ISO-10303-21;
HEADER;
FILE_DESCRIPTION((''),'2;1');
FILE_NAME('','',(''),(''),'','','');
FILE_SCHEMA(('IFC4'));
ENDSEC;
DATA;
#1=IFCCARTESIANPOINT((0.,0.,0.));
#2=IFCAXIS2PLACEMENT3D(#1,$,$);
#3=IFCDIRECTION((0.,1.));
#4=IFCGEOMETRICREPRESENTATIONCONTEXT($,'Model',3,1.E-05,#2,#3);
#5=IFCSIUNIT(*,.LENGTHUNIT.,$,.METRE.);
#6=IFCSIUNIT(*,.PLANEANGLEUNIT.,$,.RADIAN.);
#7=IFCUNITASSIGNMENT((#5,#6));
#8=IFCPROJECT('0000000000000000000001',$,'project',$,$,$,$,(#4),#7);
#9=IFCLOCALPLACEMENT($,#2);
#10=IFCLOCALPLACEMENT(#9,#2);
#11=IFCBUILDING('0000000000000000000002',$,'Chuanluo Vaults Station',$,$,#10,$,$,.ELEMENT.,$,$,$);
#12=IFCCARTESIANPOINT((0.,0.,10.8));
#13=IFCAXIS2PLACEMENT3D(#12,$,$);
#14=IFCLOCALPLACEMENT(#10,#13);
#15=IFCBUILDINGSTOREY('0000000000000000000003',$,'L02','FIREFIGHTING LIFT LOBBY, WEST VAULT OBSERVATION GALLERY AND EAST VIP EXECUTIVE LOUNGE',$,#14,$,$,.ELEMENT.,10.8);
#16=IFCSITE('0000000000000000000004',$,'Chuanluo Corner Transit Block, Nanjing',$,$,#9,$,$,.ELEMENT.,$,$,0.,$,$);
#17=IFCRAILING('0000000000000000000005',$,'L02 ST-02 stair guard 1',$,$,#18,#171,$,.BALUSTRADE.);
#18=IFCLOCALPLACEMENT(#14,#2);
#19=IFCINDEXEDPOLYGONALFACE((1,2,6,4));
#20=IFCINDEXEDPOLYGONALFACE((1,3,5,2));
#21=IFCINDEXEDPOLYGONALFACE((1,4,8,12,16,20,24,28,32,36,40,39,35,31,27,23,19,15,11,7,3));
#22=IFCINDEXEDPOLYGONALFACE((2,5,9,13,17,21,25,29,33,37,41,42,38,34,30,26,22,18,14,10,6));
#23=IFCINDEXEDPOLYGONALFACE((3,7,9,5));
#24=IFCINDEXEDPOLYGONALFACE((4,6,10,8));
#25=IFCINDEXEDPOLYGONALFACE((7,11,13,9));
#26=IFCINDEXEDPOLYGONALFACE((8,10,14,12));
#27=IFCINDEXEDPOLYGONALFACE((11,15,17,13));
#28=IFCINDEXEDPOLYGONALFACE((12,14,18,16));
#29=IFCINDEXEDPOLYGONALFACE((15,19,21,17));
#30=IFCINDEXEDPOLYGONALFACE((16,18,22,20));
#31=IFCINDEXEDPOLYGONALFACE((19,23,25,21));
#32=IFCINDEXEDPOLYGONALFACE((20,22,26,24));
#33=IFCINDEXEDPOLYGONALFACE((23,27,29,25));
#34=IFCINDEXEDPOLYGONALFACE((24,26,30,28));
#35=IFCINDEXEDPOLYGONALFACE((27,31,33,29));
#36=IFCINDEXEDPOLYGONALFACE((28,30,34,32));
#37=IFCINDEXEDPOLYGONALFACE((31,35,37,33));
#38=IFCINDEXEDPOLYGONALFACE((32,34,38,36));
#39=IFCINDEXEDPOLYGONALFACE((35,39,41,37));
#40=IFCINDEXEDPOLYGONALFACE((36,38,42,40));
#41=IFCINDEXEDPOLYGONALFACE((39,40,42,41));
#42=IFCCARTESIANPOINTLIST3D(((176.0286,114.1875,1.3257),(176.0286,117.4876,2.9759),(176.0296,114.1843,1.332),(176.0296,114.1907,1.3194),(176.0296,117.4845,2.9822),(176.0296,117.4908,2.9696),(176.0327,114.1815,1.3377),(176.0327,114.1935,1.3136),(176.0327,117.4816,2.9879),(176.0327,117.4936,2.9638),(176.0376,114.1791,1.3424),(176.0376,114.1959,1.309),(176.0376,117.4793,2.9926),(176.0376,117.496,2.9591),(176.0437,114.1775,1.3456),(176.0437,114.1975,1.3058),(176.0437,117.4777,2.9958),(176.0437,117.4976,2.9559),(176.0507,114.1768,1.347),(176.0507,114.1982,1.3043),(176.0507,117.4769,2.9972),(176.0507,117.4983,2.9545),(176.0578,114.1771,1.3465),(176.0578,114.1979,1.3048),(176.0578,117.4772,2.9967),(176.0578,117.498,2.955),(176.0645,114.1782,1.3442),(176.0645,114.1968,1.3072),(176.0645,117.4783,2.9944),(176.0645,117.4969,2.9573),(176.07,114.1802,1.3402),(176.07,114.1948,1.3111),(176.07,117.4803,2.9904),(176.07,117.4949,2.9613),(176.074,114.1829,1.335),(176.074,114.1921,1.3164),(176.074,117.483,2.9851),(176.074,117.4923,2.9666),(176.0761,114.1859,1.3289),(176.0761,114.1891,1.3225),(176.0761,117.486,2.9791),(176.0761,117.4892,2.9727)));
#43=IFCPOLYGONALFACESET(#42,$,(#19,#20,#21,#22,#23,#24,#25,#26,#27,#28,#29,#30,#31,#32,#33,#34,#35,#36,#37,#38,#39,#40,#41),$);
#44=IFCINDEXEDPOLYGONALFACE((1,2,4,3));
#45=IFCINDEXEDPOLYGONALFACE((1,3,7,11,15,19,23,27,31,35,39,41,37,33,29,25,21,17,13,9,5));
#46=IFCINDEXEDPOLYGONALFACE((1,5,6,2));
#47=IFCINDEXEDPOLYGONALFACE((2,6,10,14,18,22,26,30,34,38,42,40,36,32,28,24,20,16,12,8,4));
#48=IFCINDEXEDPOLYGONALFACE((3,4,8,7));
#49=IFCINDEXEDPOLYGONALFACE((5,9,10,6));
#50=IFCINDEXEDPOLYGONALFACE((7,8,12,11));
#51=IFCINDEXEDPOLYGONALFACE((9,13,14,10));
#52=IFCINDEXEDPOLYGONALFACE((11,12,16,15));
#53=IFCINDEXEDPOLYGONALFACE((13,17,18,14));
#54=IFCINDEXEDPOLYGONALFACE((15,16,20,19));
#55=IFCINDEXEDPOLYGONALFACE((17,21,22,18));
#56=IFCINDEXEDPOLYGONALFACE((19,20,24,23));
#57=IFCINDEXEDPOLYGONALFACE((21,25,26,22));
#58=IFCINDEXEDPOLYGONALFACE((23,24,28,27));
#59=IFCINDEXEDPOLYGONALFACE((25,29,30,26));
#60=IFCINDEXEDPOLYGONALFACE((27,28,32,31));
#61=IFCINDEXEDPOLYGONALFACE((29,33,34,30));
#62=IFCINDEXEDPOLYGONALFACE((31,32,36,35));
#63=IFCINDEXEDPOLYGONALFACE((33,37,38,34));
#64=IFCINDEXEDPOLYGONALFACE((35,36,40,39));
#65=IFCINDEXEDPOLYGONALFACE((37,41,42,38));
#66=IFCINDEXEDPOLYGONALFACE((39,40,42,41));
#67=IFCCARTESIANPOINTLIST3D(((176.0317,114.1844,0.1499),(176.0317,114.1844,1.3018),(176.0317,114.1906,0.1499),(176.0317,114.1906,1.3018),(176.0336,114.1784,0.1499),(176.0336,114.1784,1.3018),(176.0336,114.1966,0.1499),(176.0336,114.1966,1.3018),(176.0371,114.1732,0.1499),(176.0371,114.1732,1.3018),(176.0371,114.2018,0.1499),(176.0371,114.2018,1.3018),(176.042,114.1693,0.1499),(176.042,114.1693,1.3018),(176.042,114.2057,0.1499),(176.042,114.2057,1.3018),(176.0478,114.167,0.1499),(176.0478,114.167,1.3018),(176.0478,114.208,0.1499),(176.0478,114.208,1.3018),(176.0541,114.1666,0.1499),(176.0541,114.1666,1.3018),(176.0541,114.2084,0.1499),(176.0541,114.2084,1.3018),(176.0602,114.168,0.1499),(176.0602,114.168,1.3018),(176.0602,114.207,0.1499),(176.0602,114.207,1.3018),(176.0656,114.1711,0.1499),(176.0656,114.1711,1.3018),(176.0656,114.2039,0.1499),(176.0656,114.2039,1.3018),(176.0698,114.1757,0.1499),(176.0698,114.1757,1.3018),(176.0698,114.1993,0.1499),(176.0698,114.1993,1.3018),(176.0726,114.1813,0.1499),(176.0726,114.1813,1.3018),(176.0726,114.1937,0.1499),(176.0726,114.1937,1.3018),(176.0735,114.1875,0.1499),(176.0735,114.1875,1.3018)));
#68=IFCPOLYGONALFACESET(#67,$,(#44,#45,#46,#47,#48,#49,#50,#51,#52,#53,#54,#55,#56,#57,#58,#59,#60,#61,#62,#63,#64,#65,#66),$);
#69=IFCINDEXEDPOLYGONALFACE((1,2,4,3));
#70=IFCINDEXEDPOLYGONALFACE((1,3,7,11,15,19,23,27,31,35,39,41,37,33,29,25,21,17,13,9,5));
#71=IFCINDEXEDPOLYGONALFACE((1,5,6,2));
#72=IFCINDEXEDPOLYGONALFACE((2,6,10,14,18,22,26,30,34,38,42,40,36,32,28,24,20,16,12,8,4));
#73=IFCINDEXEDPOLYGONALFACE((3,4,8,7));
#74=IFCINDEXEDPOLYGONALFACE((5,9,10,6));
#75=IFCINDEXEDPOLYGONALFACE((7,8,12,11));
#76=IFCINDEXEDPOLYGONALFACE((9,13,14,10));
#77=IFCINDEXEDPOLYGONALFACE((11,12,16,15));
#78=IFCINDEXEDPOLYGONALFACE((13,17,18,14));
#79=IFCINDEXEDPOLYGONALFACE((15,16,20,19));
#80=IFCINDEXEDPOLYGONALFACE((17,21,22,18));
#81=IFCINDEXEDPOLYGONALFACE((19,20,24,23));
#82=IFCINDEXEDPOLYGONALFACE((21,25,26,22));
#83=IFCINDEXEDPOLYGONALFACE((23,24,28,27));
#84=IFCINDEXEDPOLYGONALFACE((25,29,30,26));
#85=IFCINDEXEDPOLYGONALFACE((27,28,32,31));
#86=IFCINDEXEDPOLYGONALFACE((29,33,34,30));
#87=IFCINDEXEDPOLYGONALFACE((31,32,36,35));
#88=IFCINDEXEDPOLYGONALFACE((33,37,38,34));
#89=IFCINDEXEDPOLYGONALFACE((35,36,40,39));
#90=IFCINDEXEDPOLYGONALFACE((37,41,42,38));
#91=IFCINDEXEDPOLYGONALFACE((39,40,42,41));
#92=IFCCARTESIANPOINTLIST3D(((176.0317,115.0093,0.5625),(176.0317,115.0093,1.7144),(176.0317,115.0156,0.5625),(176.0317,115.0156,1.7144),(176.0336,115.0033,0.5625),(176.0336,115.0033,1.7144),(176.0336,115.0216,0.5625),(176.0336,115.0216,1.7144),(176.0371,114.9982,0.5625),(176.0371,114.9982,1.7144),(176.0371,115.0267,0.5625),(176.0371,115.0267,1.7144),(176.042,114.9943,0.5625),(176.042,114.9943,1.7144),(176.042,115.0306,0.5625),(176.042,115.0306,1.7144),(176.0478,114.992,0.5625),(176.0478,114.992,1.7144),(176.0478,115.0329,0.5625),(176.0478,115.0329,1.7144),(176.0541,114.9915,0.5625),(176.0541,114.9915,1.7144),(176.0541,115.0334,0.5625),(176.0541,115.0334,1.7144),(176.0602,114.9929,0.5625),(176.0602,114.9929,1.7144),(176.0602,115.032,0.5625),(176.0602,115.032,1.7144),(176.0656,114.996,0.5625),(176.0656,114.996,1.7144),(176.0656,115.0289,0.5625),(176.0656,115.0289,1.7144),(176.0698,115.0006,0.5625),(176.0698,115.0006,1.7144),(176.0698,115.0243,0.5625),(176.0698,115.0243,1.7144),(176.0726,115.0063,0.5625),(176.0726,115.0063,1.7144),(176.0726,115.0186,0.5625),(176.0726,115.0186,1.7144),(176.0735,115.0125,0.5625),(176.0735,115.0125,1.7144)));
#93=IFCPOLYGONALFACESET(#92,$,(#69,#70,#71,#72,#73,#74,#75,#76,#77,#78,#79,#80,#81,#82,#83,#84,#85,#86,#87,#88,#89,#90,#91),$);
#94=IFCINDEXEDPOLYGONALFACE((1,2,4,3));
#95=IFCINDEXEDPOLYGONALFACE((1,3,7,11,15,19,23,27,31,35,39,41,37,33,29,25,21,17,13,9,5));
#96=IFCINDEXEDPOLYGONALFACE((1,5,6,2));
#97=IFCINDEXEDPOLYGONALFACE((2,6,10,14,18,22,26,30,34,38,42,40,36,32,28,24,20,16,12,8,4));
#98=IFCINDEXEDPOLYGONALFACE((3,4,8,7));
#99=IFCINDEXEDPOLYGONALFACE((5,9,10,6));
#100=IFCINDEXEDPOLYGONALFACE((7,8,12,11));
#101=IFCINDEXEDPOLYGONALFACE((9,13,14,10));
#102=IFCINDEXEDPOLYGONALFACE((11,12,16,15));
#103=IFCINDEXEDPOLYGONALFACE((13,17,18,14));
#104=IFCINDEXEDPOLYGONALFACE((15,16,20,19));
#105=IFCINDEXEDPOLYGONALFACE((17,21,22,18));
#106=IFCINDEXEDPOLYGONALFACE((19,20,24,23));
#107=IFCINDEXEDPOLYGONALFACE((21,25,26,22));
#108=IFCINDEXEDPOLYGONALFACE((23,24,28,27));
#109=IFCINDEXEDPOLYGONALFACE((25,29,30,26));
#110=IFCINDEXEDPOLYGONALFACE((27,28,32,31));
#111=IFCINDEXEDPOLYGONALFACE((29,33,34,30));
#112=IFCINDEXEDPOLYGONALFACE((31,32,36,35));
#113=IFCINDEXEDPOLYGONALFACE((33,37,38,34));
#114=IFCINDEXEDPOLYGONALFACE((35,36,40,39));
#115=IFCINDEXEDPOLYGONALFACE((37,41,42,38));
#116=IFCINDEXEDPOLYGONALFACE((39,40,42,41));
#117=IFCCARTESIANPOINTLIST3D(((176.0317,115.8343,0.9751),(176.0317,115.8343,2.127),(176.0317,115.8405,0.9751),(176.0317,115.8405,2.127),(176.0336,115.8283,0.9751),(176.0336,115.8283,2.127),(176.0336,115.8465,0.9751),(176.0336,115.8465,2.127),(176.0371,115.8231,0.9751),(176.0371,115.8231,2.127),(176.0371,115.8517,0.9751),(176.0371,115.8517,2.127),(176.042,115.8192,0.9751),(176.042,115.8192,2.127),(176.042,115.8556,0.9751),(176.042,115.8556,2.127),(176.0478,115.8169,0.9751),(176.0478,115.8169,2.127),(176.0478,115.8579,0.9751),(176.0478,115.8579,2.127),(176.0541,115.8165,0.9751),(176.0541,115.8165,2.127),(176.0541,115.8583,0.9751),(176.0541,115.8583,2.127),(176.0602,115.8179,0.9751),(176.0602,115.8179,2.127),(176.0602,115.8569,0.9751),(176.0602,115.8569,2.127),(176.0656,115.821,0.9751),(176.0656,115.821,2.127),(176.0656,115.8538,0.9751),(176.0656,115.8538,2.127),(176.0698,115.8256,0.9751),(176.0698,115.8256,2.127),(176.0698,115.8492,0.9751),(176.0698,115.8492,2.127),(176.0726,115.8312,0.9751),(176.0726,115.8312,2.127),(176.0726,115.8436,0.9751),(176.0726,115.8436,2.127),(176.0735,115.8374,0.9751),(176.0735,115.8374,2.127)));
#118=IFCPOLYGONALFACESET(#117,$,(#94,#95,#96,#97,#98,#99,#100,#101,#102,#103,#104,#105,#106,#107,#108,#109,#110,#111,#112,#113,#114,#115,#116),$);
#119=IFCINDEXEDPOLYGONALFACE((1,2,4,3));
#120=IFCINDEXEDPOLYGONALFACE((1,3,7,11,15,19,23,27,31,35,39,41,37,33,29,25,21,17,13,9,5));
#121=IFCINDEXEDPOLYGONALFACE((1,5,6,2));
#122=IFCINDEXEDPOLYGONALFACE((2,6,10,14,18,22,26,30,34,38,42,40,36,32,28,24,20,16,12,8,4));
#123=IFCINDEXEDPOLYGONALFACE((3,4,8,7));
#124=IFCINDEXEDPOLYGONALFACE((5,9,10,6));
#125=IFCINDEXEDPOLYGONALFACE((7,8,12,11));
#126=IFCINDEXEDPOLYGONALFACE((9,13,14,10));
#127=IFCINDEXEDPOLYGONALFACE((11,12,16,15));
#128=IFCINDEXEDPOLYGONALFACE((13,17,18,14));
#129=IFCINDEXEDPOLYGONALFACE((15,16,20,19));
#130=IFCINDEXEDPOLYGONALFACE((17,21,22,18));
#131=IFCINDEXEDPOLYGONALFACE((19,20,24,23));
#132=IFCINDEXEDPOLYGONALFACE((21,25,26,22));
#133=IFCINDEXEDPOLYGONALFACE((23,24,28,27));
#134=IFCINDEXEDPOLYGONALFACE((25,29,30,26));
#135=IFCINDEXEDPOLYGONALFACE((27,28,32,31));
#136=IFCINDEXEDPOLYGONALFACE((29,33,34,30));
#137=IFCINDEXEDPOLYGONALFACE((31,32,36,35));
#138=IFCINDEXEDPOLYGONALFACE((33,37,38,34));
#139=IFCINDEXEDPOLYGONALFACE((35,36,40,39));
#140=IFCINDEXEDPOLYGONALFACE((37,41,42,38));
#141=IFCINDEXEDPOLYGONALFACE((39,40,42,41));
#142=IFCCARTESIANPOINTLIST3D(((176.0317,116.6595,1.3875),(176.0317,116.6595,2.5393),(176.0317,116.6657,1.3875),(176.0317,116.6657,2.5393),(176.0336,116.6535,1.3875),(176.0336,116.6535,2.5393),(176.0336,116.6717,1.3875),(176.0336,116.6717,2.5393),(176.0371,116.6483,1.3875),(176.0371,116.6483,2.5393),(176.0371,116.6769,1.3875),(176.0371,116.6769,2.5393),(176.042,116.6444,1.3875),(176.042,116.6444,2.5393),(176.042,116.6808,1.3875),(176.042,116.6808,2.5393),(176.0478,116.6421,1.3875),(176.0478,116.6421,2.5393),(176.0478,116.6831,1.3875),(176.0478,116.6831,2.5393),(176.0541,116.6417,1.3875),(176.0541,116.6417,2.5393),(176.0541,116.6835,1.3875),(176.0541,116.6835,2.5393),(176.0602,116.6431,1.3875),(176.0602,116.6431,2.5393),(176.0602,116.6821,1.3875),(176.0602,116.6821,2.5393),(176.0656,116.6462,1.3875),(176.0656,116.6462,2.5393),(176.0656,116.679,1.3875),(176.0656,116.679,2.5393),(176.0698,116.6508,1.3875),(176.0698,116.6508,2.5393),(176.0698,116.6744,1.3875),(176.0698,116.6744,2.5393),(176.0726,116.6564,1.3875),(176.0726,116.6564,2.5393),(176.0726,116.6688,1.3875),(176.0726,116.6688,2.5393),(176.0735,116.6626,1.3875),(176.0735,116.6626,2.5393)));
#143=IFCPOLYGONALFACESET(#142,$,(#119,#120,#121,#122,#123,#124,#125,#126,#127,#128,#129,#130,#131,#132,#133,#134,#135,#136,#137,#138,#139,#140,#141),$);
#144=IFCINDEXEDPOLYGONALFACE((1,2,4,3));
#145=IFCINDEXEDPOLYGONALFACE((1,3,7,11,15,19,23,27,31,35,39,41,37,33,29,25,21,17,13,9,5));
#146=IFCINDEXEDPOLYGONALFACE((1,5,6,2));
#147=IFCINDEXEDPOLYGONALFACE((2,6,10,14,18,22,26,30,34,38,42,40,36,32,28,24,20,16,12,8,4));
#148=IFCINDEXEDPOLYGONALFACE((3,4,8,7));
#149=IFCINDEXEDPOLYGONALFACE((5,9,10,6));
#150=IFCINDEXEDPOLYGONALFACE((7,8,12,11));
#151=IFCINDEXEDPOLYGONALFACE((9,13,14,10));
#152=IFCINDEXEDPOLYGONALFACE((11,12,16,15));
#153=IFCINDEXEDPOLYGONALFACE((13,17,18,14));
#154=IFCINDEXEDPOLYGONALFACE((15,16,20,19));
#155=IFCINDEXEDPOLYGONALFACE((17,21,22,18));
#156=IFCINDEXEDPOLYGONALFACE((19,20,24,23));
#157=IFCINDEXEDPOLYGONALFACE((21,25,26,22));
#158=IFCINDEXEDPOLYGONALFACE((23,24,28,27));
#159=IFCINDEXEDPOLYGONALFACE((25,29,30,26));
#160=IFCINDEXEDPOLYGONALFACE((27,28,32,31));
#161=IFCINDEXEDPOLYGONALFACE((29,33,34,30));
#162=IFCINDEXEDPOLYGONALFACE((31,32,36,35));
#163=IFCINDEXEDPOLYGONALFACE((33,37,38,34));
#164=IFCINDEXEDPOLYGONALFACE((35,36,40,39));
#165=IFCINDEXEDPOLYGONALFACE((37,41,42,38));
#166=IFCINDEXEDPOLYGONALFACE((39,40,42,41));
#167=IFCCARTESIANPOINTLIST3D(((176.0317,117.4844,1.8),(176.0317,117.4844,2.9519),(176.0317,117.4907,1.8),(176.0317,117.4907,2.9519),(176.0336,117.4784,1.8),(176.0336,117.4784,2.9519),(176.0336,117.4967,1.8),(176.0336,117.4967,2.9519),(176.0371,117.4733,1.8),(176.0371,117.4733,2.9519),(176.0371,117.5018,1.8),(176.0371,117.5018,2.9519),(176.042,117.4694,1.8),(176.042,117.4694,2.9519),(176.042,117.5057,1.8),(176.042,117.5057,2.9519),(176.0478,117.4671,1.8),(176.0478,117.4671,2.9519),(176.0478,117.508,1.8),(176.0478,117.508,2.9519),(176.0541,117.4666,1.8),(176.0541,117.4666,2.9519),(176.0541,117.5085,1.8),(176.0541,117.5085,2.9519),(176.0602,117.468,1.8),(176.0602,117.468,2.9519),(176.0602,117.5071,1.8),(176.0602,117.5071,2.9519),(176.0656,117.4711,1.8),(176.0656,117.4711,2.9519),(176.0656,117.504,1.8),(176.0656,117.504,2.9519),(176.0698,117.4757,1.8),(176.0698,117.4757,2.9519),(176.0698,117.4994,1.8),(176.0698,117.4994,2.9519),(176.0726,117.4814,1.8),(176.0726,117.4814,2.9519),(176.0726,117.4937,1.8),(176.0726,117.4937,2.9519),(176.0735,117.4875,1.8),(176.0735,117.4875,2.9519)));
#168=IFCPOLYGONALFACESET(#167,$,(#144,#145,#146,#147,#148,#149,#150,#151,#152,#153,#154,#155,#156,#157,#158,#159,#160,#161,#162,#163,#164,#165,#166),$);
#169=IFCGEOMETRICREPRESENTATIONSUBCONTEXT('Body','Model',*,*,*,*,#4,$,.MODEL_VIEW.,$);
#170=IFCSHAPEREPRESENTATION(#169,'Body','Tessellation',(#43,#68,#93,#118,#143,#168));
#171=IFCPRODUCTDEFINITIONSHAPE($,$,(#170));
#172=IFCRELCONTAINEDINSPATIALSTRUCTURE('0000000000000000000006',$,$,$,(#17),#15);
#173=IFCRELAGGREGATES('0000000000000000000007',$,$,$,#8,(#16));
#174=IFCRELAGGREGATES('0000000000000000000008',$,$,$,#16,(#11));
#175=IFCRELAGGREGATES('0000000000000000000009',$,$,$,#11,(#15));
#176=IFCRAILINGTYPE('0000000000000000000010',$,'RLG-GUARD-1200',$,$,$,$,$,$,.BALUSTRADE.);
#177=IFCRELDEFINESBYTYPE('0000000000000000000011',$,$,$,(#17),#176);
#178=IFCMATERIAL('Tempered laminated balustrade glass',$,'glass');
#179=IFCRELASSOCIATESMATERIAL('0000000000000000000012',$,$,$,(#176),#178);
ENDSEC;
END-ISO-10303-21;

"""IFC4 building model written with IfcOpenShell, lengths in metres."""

from ifc_helpers import new_model, si_unit, direction, frame, origin, origin_2d, place, context, subcontext, project, spatial, circle, extrude, material, type_object, element, save


model = new_model("IFC4")

# Units and contexts
model_context = context("Model", 3, precision=1e-05, world=origin(), true_north=direction((0.0, 1.0)))
body_context = subcontext(model_context, "Body", "Model", "MODEL_VIEW")
ifc_project = project(units=[si_unit("LENGTHUNIT", "METRE"), si_unit("PLANEANGLEUNIT", "RADIAN")], contexts=[model_context])

# Site, building, storey
site_placement = place(None, origin())
site = spatial("IfcSite", under=ifc_project, at=site_placement, Name="Chuanluo Corner Transit Block, Nanjing", CompositionType="ELEMENT", RefElevation=0.0)
building_placement = place(site_placement, origin())
building = spatial("IfcBuilding", under=site, at=building_placement, Name="Chuanluo Vaults Station", CompositionType="ELEMENT")
storey_placement = place(building_placement, frame((0.0, 0.0, 10.8)))
storey = spatial("IfcBuildingStorey", under=building, at=storey_placement, Name="L02", Description="FIREFIGHTING LIFT LOBBY, WEST VAULT OBSERVATION GALLERY AND EAST VIP EXECUTIVE LOUNGE", CompositionType="ELEMENT", Elevation=10.8)

# Railing
ifc_material_1 = material(Name="Tempered laminated balustrade glass", Category="glass")
railing_type_1 = type_object("IfcRailingType", Name="RLG-GUARD-1200", PredefinedType="BALUSTRADE", material=ifc_material_1)
railing_1_placement = place(storey_placement, frame((176.0525, 114.1875, 0.1499)))
element("IfcRailing", 1, at=railing_1_placement, inside=storey, type_object=railing_type_1, Name="L02 ST-02 stair guard 1", PredefinedType="BALUSTRADE", context=body_context, shape_type="SweptSolid", body=[
    extrude(circle(Radius=0.0239, at=origin_2d()), frame((0.0, 0.0, 1.1758), z_axis=(0.0, 0.894414, 0.44724), x_axis=(-1.0, 0.0, 0.0)), (0.0, 0.0, 1.0), 3.6897),
    extrude(circle(Radius=0.021, at=origin_2d()), origin(), (0.0, 0.0, 1.0), 1.1519),
    extrude(circle(Radius=0.021, at=origin_2d()), frame((0.0, 0.825, 0.4126)), (0.0, 0.0, 1.0), 1.1519),
    extrude(circle(Radius=0.021, at=origin_2d()), frame((0.0, 1.6499, 0.8252)), (0.0, 0.0, 1.0), 1.1519),
    extrude(circle(Radius=0.021, at=origin_2d()), frame((0.0, 2.4751, 1.2375)), (0.0, 0.0, 1.0), 1.1519),
    extrude(circle(Radius=0.021, at=origin_2d()), frame((0.0, 3.3, 1.6501)), (0.0, 0.0, 1.0), 1.1519),
])

save(model, "model.ifc")
